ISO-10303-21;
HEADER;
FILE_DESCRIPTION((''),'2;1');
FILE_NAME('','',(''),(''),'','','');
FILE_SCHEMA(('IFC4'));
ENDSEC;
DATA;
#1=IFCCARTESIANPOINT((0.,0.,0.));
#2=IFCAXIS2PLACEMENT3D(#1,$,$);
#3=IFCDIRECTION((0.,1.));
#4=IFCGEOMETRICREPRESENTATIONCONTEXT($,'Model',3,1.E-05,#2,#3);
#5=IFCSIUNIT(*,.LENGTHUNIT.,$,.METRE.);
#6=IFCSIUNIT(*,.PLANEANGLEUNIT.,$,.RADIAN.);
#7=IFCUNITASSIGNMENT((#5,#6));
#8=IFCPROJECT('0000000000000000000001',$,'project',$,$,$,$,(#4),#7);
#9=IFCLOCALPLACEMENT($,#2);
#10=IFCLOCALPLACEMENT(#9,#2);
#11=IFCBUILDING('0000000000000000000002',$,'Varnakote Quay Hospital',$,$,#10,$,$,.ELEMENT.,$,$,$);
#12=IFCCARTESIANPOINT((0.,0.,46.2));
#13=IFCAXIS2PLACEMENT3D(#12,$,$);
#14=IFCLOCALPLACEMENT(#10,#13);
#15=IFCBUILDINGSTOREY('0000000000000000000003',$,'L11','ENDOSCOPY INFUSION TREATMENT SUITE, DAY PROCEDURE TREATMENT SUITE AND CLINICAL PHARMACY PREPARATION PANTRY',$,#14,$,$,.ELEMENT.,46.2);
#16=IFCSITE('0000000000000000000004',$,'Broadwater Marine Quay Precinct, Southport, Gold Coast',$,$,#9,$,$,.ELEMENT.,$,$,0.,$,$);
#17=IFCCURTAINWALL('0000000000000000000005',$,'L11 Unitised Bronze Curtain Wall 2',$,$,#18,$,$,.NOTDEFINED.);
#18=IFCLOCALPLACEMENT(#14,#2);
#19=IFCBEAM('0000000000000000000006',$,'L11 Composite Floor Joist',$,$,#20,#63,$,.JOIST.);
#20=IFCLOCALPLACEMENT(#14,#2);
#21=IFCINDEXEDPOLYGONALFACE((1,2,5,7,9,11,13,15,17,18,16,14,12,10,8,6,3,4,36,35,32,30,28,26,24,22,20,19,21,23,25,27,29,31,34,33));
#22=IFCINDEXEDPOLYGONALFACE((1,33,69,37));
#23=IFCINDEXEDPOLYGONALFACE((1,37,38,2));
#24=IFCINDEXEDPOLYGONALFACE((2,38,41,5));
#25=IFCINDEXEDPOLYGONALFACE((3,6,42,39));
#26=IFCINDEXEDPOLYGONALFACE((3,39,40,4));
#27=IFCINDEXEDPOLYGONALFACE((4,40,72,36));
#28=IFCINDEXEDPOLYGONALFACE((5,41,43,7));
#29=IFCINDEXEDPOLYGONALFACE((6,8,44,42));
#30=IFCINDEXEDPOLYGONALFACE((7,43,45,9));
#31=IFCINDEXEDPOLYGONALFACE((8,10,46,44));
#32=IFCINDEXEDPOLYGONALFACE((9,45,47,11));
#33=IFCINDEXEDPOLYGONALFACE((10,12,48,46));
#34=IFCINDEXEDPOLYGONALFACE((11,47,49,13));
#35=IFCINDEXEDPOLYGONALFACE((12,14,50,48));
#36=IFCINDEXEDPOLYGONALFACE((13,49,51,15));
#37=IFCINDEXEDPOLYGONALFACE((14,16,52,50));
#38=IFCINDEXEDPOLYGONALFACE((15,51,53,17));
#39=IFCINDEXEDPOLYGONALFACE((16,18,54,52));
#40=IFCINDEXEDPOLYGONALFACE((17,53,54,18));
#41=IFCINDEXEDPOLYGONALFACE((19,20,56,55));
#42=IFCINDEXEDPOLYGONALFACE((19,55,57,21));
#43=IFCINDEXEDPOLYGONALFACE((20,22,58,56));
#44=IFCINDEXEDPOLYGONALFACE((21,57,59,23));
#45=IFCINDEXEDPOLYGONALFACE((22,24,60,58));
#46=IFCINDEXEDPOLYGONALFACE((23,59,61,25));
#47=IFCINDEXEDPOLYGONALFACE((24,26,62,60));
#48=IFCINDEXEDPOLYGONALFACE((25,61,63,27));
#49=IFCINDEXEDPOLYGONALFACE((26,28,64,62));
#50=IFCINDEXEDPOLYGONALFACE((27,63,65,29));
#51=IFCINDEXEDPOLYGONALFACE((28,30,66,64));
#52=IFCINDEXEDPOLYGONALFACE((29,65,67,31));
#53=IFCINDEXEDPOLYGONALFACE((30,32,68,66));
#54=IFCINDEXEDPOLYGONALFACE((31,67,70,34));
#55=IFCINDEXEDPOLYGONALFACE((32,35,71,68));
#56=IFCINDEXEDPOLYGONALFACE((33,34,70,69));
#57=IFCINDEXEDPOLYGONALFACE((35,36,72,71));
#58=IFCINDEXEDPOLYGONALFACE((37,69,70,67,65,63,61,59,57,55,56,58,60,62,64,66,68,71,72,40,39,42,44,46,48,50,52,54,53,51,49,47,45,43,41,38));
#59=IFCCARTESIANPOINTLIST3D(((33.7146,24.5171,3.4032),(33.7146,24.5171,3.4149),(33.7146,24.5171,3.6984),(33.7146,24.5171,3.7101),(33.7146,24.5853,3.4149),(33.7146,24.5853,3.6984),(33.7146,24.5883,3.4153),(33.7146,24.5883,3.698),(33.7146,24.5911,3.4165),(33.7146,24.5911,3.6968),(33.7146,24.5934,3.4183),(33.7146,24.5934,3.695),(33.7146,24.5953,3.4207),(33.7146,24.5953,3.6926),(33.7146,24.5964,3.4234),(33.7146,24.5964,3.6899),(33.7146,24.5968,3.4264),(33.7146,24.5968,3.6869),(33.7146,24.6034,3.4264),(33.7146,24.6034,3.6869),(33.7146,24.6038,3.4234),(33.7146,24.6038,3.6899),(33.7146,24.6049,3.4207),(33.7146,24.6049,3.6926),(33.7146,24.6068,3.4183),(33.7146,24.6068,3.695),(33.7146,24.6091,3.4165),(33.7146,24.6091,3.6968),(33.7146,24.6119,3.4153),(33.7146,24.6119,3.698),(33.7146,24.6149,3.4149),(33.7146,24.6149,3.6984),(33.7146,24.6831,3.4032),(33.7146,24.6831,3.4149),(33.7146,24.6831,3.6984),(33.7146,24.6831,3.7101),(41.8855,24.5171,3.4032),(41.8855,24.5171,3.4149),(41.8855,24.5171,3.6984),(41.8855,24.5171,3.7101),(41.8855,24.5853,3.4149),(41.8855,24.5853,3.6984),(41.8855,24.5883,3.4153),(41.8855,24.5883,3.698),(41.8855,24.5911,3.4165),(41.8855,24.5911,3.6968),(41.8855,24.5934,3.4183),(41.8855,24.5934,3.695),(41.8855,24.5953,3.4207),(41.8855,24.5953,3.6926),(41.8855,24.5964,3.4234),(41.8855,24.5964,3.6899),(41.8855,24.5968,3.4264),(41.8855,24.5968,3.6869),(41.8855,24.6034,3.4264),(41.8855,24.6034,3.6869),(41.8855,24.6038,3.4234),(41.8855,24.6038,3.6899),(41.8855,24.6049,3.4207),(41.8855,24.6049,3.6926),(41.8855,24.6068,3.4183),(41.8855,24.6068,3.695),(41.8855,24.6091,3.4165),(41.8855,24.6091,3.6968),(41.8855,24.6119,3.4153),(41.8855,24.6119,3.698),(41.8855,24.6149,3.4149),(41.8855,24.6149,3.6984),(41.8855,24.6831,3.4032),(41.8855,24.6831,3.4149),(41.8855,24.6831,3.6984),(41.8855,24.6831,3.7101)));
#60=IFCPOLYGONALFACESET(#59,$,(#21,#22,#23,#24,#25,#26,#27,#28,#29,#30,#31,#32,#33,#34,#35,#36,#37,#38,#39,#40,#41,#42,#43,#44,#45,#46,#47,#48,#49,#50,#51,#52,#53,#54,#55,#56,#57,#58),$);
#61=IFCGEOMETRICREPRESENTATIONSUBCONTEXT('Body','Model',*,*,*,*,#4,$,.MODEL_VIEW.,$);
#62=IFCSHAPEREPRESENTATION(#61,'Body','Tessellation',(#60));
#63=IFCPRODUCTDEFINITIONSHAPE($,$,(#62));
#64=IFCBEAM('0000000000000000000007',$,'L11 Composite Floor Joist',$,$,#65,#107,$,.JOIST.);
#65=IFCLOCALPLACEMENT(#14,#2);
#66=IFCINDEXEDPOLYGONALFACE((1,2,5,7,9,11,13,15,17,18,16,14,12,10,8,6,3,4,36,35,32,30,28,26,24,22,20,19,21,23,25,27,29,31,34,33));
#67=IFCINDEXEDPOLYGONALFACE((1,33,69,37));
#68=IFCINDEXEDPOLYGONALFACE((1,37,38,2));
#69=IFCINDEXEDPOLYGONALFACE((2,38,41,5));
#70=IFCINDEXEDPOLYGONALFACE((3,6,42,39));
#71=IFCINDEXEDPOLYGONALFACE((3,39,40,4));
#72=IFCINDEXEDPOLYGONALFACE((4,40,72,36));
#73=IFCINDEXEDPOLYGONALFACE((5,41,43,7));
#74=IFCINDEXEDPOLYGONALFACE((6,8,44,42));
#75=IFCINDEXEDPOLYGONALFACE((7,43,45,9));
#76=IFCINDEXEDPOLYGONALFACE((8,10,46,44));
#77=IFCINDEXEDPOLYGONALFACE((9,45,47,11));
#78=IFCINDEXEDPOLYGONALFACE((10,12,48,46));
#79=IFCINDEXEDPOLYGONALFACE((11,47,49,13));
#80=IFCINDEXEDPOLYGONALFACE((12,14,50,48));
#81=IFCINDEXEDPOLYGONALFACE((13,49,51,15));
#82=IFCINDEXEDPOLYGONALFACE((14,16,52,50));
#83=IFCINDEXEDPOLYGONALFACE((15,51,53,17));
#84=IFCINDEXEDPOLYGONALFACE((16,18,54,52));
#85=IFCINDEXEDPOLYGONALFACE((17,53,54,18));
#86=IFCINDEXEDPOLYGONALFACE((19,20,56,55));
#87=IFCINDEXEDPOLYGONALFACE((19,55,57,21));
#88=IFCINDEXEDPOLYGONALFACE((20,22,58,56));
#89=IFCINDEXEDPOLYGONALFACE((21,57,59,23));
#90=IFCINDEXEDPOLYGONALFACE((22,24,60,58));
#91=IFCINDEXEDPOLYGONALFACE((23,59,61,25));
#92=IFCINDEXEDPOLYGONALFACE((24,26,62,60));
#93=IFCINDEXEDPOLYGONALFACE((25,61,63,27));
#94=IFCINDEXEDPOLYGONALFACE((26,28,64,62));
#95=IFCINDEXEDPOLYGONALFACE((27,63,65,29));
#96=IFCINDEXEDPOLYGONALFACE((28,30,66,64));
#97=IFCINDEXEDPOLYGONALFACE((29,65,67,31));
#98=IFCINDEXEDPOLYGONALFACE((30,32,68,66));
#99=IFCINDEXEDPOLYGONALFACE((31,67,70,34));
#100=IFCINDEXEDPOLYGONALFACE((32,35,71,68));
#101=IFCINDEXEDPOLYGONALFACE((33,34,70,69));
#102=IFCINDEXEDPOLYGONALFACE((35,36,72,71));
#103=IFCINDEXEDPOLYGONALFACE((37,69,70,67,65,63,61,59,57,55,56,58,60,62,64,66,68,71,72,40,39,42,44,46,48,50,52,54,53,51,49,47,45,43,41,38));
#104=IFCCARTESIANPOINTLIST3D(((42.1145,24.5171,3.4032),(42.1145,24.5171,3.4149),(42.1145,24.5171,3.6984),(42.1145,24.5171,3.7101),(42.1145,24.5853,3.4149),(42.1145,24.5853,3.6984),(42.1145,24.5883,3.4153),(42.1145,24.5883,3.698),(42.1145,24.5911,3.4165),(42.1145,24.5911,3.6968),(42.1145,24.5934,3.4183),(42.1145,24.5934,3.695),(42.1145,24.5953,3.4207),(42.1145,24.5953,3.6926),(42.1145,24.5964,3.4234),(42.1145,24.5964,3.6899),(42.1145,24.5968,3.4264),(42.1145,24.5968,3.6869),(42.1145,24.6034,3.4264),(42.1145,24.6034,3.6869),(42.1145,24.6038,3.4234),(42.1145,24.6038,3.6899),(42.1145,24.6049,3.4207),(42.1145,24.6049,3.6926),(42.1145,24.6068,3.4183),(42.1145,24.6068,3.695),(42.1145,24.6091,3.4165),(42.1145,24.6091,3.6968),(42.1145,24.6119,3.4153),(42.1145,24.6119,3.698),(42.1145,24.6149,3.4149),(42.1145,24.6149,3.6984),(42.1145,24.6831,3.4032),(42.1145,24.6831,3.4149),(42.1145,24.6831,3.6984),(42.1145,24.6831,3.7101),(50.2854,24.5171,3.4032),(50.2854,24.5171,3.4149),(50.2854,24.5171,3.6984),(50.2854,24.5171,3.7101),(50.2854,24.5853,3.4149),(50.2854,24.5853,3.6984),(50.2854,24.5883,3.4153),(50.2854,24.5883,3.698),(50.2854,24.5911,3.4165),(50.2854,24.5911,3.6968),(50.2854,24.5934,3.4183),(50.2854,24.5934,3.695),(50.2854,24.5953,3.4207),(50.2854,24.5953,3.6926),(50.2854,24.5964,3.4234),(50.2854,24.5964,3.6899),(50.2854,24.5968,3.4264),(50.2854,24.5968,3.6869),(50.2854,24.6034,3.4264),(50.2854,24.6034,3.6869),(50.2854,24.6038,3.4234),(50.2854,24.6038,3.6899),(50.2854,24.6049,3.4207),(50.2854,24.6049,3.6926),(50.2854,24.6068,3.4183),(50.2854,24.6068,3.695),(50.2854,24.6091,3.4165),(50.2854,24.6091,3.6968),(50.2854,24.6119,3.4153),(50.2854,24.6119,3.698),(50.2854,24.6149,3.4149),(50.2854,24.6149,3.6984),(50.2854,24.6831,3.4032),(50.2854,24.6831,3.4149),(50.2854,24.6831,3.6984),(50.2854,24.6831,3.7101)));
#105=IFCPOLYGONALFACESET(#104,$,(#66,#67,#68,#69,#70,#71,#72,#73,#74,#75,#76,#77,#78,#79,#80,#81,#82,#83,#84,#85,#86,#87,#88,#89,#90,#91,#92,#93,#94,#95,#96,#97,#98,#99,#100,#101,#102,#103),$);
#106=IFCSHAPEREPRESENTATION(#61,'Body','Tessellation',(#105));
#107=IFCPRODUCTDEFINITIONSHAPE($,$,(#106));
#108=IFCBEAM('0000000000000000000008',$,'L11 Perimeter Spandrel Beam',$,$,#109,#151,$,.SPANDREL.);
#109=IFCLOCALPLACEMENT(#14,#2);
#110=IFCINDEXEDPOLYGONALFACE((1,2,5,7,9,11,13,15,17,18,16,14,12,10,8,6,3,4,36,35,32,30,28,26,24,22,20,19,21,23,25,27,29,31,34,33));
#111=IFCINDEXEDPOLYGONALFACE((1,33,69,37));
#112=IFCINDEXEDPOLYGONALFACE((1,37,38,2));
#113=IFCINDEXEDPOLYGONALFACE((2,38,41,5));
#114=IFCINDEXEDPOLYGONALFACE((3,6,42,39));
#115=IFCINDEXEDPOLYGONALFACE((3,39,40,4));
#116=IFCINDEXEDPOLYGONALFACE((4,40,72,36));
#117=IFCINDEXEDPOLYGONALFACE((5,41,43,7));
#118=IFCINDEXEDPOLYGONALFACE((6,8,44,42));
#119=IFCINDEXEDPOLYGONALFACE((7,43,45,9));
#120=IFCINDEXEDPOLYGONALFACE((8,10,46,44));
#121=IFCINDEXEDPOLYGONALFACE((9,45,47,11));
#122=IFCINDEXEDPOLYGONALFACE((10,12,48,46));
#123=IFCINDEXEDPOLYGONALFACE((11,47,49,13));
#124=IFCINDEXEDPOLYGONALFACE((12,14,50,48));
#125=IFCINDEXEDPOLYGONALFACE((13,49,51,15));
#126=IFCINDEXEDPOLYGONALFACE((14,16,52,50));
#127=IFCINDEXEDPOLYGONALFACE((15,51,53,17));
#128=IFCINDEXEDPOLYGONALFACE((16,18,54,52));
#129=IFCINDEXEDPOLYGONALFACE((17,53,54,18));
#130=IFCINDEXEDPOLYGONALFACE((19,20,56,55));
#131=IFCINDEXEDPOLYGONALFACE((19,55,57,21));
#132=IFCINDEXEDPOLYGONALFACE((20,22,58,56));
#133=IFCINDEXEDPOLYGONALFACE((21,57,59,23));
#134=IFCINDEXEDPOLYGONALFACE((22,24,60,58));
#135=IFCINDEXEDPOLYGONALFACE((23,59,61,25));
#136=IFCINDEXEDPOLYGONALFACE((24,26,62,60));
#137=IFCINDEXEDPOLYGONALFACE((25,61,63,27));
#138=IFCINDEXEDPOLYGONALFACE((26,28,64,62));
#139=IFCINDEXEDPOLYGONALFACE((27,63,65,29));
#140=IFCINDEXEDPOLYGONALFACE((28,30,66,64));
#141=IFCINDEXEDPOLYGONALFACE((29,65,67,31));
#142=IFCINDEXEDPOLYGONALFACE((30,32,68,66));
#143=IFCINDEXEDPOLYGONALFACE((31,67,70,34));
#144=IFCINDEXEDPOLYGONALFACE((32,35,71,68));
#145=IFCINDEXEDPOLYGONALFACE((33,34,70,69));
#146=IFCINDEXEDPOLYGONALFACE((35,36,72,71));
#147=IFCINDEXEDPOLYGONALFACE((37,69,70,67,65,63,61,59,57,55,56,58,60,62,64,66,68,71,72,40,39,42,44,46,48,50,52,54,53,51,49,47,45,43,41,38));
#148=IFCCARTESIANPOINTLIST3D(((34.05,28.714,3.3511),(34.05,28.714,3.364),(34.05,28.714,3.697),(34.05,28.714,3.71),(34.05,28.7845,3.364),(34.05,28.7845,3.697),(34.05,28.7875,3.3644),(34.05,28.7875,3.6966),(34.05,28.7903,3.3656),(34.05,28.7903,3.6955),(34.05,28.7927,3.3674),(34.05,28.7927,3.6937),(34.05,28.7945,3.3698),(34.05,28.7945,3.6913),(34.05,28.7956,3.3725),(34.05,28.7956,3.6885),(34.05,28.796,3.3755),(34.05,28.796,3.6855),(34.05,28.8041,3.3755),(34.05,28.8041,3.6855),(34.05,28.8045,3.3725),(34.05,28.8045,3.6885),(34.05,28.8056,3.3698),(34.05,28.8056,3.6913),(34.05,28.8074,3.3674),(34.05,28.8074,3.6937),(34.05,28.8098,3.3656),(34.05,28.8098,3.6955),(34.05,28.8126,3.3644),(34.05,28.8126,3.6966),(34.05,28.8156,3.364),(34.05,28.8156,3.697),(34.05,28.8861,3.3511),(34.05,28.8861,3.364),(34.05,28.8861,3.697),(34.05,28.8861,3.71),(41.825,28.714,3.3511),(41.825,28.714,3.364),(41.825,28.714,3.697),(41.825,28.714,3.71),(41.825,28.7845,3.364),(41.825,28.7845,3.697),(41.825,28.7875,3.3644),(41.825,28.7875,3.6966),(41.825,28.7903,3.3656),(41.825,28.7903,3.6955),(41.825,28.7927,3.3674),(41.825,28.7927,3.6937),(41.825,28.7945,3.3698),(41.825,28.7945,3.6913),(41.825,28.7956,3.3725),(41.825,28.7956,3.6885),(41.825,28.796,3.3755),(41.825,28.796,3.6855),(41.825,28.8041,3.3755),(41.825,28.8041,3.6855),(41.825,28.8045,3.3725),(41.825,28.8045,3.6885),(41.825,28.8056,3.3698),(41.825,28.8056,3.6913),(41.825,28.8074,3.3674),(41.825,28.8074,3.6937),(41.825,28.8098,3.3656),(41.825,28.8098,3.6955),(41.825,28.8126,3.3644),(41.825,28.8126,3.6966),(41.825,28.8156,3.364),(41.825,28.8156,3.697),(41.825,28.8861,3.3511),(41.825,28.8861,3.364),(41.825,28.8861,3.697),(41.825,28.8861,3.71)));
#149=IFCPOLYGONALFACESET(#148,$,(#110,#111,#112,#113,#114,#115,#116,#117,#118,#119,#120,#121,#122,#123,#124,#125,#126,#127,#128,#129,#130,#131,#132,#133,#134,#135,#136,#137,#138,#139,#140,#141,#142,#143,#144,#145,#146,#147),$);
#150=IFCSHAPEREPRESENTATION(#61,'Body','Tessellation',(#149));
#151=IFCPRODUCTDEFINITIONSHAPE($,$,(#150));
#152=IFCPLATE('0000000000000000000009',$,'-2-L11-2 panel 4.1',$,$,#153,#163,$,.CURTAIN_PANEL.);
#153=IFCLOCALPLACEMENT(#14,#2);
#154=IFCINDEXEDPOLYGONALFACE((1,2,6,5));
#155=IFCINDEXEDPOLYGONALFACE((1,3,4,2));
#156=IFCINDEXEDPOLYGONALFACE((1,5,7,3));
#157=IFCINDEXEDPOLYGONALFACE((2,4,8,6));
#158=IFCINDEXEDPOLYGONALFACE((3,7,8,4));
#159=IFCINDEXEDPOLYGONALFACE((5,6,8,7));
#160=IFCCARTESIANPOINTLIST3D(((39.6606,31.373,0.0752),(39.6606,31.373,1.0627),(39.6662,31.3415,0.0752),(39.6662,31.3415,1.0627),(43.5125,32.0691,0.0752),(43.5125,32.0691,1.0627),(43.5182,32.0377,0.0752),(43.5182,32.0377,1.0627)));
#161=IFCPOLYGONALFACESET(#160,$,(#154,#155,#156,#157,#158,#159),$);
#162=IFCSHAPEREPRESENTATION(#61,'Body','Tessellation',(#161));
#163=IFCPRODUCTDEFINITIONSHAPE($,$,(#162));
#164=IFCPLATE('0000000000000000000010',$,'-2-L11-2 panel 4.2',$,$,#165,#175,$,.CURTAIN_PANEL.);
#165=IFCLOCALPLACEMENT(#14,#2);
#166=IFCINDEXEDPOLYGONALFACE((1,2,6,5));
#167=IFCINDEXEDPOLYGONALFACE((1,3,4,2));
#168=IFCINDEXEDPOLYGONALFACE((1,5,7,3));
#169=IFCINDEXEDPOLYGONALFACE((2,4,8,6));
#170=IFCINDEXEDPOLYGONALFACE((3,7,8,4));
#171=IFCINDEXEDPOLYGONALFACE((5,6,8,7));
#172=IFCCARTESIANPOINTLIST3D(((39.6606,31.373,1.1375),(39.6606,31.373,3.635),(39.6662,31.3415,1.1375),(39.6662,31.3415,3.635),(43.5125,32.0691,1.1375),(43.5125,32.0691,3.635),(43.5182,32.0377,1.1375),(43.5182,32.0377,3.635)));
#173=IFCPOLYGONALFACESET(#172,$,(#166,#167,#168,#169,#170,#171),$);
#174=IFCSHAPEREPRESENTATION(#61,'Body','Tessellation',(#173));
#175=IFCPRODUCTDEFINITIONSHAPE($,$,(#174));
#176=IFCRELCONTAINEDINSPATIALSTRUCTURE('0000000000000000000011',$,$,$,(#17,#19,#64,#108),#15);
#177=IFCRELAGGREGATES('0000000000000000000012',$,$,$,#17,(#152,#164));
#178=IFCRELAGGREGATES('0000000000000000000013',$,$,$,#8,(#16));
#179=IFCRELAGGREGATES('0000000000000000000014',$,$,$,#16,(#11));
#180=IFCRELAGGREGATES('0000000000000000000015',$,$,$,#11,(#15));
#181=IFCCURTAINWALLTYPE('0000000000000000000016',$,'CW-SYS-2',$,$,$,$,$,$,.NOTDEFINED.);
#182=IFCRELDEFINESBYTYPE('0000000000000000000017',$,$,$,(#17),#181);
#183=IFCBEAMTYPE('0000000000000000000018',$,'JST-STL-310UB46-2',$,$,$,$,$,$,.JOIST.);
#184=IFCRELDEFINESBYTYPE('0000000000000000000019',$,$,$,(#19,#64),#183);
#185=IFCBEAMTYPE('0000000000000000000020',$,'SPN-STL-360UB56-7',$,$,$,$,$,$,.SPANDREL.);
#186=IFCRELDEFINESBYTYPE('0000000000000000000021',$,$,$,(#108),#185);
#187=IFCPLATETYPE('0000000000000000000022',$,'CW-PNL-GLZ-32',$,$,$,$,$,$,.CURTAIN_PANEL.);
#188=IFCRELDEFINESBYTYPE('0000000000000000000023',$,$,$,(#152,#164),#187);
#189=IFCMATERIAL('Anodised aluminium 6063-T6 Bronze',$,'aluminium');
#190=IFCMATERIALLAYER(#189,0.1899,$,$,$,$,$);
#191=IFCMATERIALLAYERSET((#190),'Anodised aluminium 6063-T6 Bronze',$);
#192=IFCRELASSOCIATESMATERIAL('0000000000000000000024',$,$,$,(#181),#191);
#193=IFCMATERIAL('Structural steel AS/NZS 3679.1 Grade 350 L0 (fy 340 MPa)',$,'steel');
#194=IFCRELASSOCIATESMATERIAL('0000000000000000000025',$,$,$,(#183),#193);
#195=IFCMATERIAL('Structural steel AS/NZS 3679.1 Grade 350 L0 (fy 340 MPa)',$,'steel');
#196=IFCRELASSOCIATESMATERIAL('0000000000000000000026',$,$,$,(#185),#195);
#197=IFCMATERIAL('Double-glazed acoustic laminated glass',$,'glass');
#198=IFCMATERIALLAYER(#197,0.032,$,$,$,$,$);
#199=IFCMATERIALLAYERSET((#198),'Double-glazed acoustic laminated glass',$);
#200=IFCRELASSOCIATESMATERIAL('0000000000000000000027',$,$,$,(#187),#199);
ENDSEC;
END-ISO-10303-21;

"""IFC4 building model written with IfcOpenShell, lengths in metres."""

from ifc_helpers import new_model, si_unit, direction, frame, origin, origin_2d, place, context, subcontext, project, spatial, rectangle, i_section, extrude, material, layer, layer_set, material_profile, profile_set, type_object, element, aggregate, save


model = new_model("IFC4")

# Units and contexts
model_context = context("Model", 3, precision=1e-05, world=origin(), true_north=direction((0.0, 1.0)))
body_context = subcontext(model_context, "Body", "Model", "MODEL_VIEW")
ifc_project = project(units=[si_unit("LENGTHUNIT", "METRE"), si_unit("PLANEANGLEUNIT", "RADIAN")], contexts=[model_context])

# Site, building, storey
site_placement = place(None, origin())
site = spatial("IfcSite", under=ifc_project, at=site_placement, Name="Broadwater Marine Quay Precinct, Southport, Gold Coast", CompositionType="ELEMENT", RefElevation=0.0)
building_placement = place(site_placement, origin())
building = spatial("IfcBuilding", under=site, at=building_placement, Name="Varnakote Quay Hospital", CompositionType="ELEMENT")
storey_placement = place(building_placement, frame((0.0, 0.0, 46.2)))
storey = spatial("IfcBuildingStorey", under=building, at=storey_placement, Name="L11", Description="ENDOSCOPY INFUSION TREATMENT SUITE, DAY PROCEDURE TREATMENT SUITE AND CLINICAL PHARMACY PREPARATION PANTRY", CompositionType="ELEMENT", Elevation=46.2)

# Curtain wall
ifc_material_1 = material(Name="Anodised aluminium 6063-T6 Bronze", Category="aluminium")
ifc_layer_1 = layer(ifc_material_1, 0.1899)
ifc_layer_set_1 = layer_set([ifc_layer_1], Name="Anodised aluminium 6063-T6 Bronze")
curtain_wall_type = type_object("IfcCurtainWallType", Name="CW-SYS-2", PredefinedType="NOTDEFINED", material=ifc_layer_set_1)
curtain_wall_placement = place(storey_placement, origin())
curtain_wall = element("IfcCurtainWall", 1, at=curtain_wall_placement, inside=storey, type_object=curtain_wall_type, Name="L11 Unitised Bronze Curtain Wall 2", PredefinedType="NOTDEFINED")

# Beams
ifc_material_2 = material(Name="Structural steel AS/NZS 3679.1 Grade 350 L0 (fy 340 MPa)", Category="steel")
ifc_material_profile_1 = material_profile(ifc_material_2, i_section(OverallWidth=0.166, OverallDepth=0.3069, WebThickness=0.0066, FlangeThickness=0.0117, FilletRadius=0.0115, at=origin_2d()), Name="310UB46.2")
ifc_profile_set_1 = profile_set([ifc_material_profile_1], Name="Structural steel AS/NZS 3679.1 Grade 350 L0 (fy 340 MPa)")
beam_type_1 = type_object("IfcBeamType", Name="JST-STL-310UB46-2", PredefinedType="JOIST", material=ifc_profile_set_1)
for number, where, z_axis, x_axis, name in (
    (2, (33.7146, 24.6001, 3.5566), (1.0, 0.0, 0.0), (0.0, 1.0, 0.0), "L11 Composite Floor Joist"),
    (3, (42.1145, 24.6001, 3.5566), (1.0, 0.0, 0.0), (0.0, 1.0, 0.0), "L11 Composite Floor Joist"),
):
    element("IfcBeam", number, at=place(storey_placement, frame(where, z_axis=z_axis, x_axis=x_axis)), inside=storey, type_object=beam_type_1, Name=name, PredefinedType="JOIST", context=body_context, shape_type="SweptSolid", body=[
        extrude(i_section(OverallWidth=0.166, OverallDepth=0.3069, WebThickness=0.0066, FlangeThickness=0.0117, FilletRadius=0.0115, at=origin_2d()), origin(), (0.0, 0.0, 1.0), 8.1709),
    ])
ifc_material_3 = material(Name="Structural steel AS/NZS 3679.1 Grade 350 L0 (fy 340 MPa)", Category="steel")
ifc_material_profile_2 = material_profile(ifc_material_3, i_section(OverallWidth=0.1721, OverallDepth=0.3589, WebThickness=0.0081, FlangeThickness=0.0129, FilletRadius=0.0115, at=origin_2d()), Name="360UB56.7")
ifc_profile_set_2 = profile_set([ifc_material_profile_2], Name="Structural steel AS/NZS 3679.1 Grade 350 L0 (fy 340 MPa)")
beam_type_2 = type_object("IfcBeamType", Name="SPN-STL-360UB56-7", PredefinedType="SPANDREL", material=ifc_profile_set_2)
beam_1_placement = place(storey_placement, frame((34.05, 28.8, 3.5305), z_axis=(1.0, 0.0, 0.0), x_axis=(0.0, 1.0, 0.0)))
element("IfcBeam", 4, at=beam_1_placement, inside=storey, type_object=beam_type_2, Name="L11 Perimeter Spandrel Beam", PredefinedType="SPANDREL", context=body_context, shape_type="SweptSolid", body=[
    extrude(i_section(OverallWidth=0.1721, OverallDepth=0.3589, WebThickness=0.0081, FlangeThickness=0.0129, FilletRadius=0.0115, at=origin_2d()), origin(), (0.0, 0.0, 1.0), 7.7749),
])

# Plates
ifc_material_4 = material(Name="Double-glazed acoustic laminated glass", Category="glass")
ifc_layer_2 = layer(ifc_material_4, 0.032)
ifc_layer_set_2 = layer_set([ifc_layer_2], Name="Double-glazed acoustic laminated glass")
plate_type = type_object("IfcPlateType", Name="CW-PNL-GLZ-32", PredefinedType="CURTAIN_PANEL", material=ifc_layer_set_2)
plate_1_placement = place(storey_placement, frame((41.5894, 31.7053, 0.0752), z_axis=(0.0, 0.0, 1.0), x_axis=(-0.984058, -0.177846, 0.0)))
plate_1 = element("IfcPlate", 5, at=plate_1_placement, type_object=plate_type, Name="-2-L11-2 panel 4.1", PredefinedType="CURTAIN_PANEL", context=body_context, shape_type="SweptSolid", body=[
    extrude(rectangle(XDim=3.9143, YDim=0.032, at=origin_2d()), origin(), (0.0, 0.0, 1.0), 0.9875),
])
plate_2_placement = place(storey_placement, frame((41.5894, 31.7053, 1.1375), z_axis=(0.0, 0.0, 1.0), x_axis=(-0.984058, -0.177846, 0.0)))
plate_2 = element("IfcPlate", 6, at=plate_2_placement, type_object=plate_type, Name="-2-L11-2 panel 4.2", PredefinedType="CURTAIN_PANEL", context=body_context, shape_type="SweptSolid", body=[
    extrude(rectangle(XDim=3.9143, YDim=0.032, at=origin_2d()), origin(), (0.0, 0.0, 1.0), 2.4976),
])
aggregate(curtain_wall, [plate_1, plate_2])

save(model, "model.ifc")
